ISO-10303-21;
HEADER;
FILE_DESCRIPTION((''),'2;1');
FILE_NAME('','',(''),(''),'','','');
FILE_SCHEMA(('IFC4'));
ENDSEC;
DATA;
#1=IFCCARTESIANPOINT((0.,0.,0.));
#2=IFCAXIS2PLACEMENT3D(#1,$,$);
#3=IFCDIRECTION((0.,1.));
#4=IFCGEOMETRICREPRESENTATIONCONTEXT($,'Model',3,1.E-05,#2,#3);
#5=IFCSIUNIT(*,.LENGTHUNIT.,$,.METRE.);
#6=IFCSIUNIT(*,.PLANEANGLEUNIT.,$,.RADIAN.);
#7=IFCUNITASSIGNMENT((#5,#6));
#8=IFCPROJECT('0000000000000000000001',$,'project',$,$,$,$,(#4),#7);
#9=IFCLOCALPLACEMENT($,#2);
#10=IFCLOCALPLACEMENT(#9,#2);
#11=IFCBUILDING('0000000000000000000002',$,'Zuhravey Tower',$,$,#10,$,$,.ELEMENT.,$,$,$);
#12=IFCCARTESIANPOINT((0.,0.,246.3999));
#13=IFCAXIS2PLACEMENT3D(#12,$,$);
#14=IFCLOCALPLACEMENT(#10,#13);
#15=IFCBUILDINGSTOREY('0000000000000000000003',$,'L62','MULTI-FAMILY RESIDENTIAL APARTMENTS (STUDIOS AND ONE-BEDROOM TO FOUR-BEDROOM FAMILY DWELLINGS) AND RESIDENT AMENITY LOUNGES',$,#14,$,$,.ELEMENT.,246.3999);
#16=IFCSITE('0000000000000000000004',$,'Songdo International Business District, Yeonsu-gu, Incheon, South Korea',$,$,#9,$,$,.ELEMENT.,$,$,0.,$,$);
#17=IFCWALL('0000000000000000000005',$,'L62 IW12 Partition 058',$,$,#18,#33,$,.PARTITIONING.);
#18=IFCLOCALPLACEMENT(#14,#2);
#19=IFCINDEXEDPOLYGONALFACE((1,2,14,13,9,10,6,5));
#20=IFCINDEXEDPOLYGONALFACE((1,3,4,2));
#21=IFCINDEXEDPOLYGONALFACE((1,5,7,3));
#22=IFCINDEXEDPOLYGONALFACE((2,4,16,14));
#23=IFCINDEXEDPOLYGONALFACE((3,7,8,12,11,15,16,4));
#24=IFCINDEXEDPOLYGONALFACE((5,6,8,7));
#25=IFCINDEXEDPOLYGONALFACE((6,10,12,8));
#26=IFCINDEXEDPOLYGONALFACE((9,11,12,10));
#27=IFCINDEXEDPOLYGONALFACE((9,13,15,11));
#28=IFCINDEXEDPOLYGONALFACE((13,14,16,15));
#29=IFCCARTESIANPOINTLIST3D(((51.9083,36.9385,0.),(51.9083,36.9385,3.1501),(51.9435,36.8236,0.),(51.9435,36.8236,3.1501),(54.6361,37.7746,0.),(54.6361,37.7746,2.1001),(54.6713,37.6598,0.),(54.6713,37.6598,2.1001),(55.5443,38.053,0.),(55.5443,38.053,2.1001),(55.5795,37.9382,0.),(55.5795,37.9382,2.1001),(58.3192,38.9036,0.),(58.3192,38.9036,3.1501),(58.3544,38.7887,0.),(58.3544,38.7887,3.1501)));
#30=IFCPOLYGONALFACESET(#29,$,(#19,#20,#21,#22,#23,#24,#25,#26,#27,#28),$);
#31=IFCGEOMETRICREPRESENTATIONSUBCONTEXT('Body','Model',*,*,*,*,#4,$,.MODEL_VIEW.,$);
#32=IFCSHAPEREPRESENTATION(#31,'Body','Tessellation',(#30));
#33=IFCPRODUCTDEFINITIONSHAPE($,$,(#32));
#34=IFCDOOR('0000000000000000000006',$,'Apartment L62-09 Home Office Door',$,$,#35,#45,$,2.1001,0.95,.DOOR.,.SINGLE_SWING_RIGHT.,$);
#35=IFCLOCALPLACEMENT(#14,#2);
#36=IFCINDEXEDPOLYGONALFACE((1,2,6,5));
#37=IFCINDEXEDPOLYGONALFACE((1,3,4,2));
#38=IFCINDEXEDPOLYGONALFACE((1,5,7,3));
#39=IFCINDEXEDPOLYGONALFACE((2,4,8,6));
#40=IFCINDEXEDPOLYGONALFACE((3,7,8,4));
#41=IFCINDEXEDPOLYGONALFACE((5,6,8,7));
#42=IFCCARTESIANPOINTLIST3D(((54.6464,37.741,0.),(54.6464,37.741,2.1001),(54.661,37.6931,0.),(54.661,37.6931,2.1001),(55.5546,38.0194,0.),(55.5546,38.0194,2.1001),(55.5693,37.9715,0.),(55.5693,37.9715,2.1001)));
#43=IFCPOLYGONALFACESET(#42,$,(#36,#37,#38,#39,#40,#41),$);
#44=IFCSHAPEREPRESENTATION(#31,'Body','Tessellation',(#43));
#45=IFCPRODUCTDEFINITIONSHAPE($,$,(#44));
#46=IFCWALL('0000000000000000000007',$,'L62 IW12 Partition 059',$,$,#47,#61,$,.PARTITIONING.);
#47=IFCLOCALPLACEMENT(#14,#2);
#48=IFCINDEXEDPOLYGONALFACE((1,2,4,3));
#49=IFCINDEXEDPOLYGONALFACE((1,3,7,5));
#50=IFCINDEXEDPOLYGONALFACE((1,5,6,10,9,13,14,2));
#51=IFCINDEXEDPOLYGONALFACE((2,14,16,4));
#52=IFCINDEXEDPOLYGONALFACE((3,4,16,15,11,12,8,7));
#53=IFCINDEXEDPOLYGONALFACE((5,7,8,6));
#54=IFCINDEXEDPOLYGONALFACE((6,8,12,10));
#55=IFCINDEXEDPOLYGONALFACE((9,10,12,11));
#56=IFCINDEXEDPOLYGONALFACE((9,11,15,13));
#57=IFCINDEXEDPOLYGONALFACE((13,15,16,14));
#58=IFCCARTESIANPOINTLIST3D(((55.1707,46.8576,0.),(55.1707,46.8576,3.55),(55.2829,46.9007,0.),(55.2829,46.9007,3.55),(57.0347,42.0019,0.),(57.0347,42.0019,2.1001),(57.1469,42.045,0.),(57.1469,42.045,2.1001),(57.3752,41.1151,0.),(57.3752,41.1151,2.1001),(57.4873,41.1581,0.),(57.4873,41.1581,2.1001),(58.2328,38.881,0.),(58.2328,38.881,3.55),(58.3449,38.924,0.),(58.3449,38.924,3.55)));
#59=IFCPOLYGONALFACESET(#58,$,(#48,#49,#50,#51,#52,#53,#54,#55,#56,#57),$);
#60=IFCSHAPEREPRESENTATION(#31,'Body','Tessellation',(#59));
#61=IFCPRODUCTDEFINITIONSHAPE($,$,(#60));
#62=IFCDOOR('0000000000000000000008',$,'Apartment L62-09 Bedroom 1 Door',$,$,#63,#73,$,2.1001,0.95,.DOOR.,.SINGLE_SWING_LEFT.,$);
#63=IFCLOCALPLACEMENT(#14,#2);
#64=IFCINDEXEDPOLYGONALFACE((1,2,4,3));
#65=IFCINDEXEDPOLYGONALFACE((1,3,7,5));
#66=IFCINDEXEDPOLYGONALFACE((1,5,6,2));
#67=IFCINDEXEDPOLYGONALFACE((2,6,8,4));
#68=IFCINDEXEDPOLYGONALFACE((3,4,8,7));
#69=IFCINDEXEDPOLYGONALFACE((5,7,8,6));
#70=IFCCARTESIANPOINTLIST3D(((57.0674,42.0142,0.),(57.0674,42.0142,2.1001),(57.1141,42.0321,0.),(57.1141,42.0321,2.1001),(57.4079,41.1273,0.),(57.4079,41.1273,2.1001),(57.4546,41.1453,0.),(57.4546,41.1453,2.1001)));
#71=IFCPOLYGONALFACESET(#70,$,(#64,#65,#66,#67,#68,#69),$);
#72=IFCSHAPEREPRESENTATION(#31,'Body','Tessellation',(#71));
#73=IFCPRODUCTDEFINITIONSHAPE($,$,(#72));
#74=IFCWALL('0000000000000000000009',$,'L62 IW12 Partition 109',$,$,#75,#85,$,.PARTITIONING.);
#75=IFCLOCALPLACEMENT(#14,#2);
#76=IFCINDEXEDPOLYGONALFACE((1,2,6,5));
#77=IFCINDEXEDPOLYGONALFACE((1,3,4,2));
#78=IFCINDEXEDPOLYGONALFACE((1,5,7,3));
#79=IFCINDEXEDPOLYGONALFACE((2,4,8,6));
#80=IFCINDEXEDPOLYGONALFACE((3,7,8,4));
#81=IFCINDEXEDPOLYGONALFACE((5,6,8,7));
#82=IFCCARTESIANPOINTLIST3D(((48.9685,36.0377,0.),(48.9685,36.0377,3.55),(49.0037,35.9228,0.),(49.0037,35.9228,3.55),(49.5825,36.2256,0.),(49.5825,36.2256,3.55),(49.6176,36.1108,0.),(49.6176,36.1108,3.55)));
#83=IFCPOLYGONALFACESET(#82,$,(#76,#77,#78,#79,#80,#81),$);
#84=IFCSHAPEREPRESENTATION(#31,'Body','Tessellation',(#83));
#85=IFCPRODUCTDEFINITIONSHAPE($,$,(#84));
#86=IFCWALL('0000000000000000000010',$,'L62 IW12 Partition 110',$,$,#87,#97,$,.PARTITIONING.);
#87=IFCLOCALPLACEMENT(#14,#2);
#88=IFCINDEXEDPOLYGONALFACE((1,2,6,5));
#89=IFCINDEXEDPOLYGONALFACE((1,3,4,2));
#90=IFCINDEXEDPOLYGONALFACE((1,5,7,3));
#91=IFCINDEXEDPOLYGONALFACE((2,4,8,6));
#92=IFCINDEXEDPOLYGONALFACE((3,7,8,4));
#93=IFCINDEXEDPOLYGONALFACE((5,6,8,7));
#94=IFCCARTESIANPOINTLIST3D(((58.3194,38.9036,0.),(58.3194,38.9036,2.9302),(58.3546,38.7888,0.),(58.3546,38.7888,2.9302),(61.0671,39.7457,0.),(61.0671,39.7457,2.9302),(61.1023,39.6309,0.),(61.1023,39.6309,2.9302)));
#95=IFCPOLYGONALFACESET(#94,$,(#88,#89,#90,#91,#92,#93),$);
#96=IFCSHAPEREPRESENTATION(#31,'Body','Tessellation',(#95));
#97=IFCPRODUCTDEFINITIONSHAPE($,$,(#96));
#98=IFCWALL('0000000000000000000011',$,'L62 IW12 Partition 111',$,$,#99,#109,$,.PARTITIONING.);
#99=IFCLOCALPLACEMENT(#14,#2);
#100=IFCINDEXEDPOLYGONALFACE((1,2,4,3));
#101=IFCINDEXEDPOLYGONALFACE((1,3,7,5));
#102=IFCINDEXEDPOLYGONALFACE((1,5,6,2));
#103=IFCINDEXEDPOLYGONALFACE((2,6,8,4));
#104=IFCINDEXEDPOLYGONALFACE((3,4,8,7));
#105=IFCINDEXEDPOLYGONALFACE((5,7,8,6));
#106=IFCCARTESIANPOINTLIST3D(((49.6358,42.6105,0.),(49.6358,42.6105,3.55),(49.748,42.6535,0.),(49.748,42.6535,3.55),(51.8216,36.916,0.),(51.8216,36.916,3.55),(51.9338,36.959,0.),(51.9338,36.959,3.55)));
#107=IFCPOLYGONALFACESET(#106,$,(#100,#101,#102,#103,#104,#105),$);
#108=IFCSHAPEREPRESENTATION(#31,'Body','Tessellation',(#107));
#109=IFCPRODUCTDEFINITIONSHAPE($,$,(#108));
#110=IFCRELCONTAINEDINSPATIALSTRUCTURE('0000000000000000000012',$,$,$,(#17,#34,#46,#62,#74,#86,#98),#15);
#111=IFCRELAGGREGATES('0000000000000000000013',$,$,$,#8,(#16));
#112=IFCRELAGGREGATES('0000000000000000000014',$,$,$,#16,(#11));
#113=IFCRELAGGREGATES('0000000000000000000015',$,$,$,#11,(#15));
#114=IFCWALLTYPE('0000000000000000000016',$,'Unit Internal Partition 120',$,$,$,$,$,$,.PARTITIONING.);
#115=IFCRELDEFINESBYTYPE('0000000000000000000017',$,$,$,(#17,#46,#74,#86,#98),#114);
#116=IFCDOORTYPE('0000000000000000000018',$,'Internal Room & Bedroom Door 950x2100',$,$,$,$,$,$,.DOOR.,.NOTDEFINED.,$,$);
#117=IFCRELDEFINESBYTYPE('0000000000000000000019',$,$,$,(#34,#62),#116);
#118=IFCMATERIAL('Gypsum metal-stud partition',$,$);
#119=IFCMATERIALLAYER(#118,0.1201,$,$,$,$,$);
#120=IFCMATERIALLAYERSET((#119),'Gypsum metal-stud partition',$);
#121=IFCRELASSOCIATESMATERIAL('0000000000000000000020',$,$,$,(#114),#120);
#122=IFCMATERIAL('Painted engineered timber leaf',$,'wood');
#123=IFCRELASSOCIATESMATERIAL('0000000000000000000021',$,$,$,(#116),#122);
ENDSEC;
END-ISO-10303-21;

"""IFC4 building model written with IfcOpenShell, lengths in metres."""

from ifc_helpers import new_model, si_unit, direction, frame, frame_2d, origin, place, context, subcontext, project, spatial, rectangle, extrude, material, layer, layer_set, type_object, element, fill, save


model = new_model("IFC4")

# Units and contexts
model_context = context("Model", 3, precision=1e-05, world=origin(), true_north=direction((0.0, 1.0)))
body_context = subcontext(model_context, "Body", "Model", "MODEL_VIEW")
ifc_project = project(units=[si_unit("LENGTHUNIT", "METRE"), si_unit("PLANEANGLEUNIT", "RADIAN")], contexts=[model_context])

# Site, building, storey
site_placement = place(None, origin())
site = spatial("IfcSite", under=ifc_project, at=site_placement, Name="Songdo International Business District, Yeonsu-gu, Incheon, South Korea", CompositionType="ELEMENT", RefElevation=0.0)
building_placement = place(site_placement, origin())
building = spatial("IfcBuilding", under=site, at=building_placement, Name="Zuhravey Tower", CompositionType="ELEMENT")
storey_placement = place(building_placement, frame((0.0, 0.0, 246.3999)))
storey = spatial("IfcBuildingStorey", under=building, at=storey_placement, Name="L62", Description="MULTI-FAMILY RESIDENTIAL APARTMENTS (STUDIOS AND ONE-BEDROOM TO FOUR-BEDROOM FAMILY DWELLINGS) AND RESIDENT AMENITY LOUNGES", CompositionType="ELEMENT", Elevation=246.3999)

# Walls, openings, doors
ifc_material_1 = material(Name="Gypsum metal-stud partition")
ifc_layer_1 = layer(ifc_material_1, 0.1201)
ifc_layer_set_1 = layer_set([ifc_layer_1], Name="Gypsum metal-stud partition")
wall_type_1 = type_object("IfcWallType", Name="Unit Internal Partition 120", PredefinedType="PARTITIONING", material=ifc_layer_set_1)
wall_1_placement = place(storey_placement, frame((51.926, 36.8811, 0.0), z_axis=(0.0, 0.0, 1.0), x_axis=(0.956093, 0.293065, 0.0)))
wall_1 = element("IfcWall", 1, at=wall_1_placement, inside=storey, type_object=wall_type_1, Name="L62 IW12 Partition 058", PredefinedType="PARTITIONING", context=body_context, shape_type="SweptSolid", body=[
    extrude(rectangle(XDim=6.7053, YDim=0.1201, at=frame_2d((3.3525, 0.0))), origin(), (0.0, 0.0, 1.0), 3.1501),
])
opening_1_placement = place(wall_1_placement, frame((2.8528, 0.0, 0.0)))
opening_1 = element("IfcOpeningElement", 2, at=opening_1_placement, cuts=wall_1, PredefinedType="OPENING", context=body_context, shape_type="SweptSolid", body=[
    extrude(rectangle(XDim=0.95, YDim=2.1001, at=frame_2d((0.4751, 1.05))), frame((0.0, 0.072, 0.0), z_axis=(0.0, -1.0, 0.0), x_axis=(1.0, 0.0, 0.0)), (0.0, 0.0, 1.0), 0.144),
])
ifc_material_2 = material(Name="Painted engineered timber leaf", Category="wood")
door_type_1 = type_object("IfcDoorType", Name="Internal Room & Bedroom Door 950x2100", OperationType="NOTDEFINED", PredefinedType="DOOR", material=ifc_material_2)
door_1_placement = place(opening_1_placement, origin())
door_1 = element("IfcDoor", 3, at=door_1_placement, inside=storey, type_object=door_type_1, Name="Apartment L62-09 Home Office Door", OperationType="SINGLE_SWING_RIGHT", OverallHeight=2.1001, OverallWidth=0.95, PredefinedType="DOOR", context=body_context, shape_type="SweptSolid", body=[
    extrude(rectangle(XDim=0.95, YDim=2.1001, at=frame_2d((0.4751, 1.05))), frame((0.0, 0.0249, 0.0), z_axis=(0.0, -1.0, 0.0), x_axis=(1.0, 0.0, 0.0)), (0.0, 0.0, 1.0), 0.05),
])
fill(opening_1, door_1)
wall_2_placement = place(storey_placement, frame((58.2888, 38.9026, 0.0), z_axis=(0.0, 0.0, 1.0), x_axis=(-0.358378, 0.933577, 0.0)))
wall_2 = element("IfcWall", 4, at=wall_2_placement, inside=storey, type_object=wall_type_1, Name="L62 IW12 Partition 059", PredefinedType="PARTITIONING", context=body_context, shape_type="SweptSolid", body=[
    extrude(rectangle(XDim=8.5442, YDim=0.1201, at=frame_2d((4.272, 0.0))), origin(), (0.0, 0.0, 1.0), 3.55),
])
opening_2_placement = place(wall_2_placement, frame((2.3928, 0.0, 0.0)))
opening_2 = element("IfcOpeningElement", 5, at=opening_2_placement, cuts=wall_2, PredefinedType="OPENING", context=body_context, shape_type="SweptSolid", body=[
    extrude(rectangle(XDim=0.95, YDim=2.1001, at=frame_2d((0.4751, 1.05))), frame((0.0, 0.072, 0.0), z_axis=(0.0, -1.0, 0.0), x_axis=(1.0, 0.0, 0.0)), (0.0, 0.0, 1.0), 0.144),
])
door_2_placement = place(opening_2_placement, frame((0.95, 0.0, 0.0), z_axis=(0.0, 0.0, 1.0), x_axis=(-1.0, 0.0, 0.0)))
door_2 = element("IfcDoor", 6, at=door_2_placement, inside=storey, type_object=door_type_1, Name="Apartment L62-09 Bedroom 1 Door", OperationType="SINGLE_SWING_LEFT", OverallHeight=2.1001, OverallWidth=0.95, PredefinedType="DOOR", context=body_context, shape_type="SweptSolid", body=[
    extrude(rectangle(XDim=0.95, YDim=2.1001, at=frame_2d((0.4751, 1.05))), frame((0.0, 0.0249, 0.0), z_axis=(0.0, -1.0, 0.0), x_axis=(1.0, 0.0, 0.0)), (0.0, 0.0, 1.0), 0.05),
])
fill(opening_2, door_2)

# Walls
wall_3_placement = place(storey_placement, frame((48.9861, 35.9802, 0.0), z_axis=(0.0, 0.0, 1.0), x_axis=(0.956189, 0.29275, 0.0)))
element("IfcWall", 7, at=wall_3_placement, inside=storey, type_object=wall_type_1, Name="L62 IW12 Partition 109", PredefinedType="PARTITIONING", context=body_context, shape_type="SweptSolid", body=[
    extrude(rectangle(XDim=0.6421, YDim=0.1201, at=frame_2d((0.321, 0.0))), origin(), (0.0, 0.0, 1.0), 3.55),
])
wall_4_placement = place(storey_placement, frame((58.3369, 38.8462, 0.0), z_axis=(0.0, 0.0, 1.0), x_axis=(0.956107, 0.293017, 0.0)))
element("IfcWall", 8, at=wall_4_placement, inside=storey, type_object=wall_type_1, Name="L62 IW12 Partition 110", PredefinedType="PARTITIONING", context=body_context, shape_type="SweptSolid", body=[
    extrude(rectangle(XDim=2.8738, YDim=0.1201, at=frame_2d((1.437, 0.0))), origin(), (0.0, 0.0, 1.0), 2.9302),
])
wall_5_placement = place(storey_placement, frame((51.8777, 36.9375, 0.0), z_axis=(0.0, 0.0, 1.0), x_axis=(-0.358346, 0.933589, 0.0)))
element("IfcWall", 9, at=wall_5_placement, inside=storey, type_object=wall_type_1, Name="L62 IW12 Partition 111", PredefinedType="PARTITIONING", context=body_context, shape_type="SweptSolid", body=[
    extrude(rectangle(XDim=6.0996, YDim=0.1201, at=frame_2d((3.0498, 0.0))), origin(), (0.0, 0.0, 1.0), 3.55),
])

save(model, "model.ifc")
